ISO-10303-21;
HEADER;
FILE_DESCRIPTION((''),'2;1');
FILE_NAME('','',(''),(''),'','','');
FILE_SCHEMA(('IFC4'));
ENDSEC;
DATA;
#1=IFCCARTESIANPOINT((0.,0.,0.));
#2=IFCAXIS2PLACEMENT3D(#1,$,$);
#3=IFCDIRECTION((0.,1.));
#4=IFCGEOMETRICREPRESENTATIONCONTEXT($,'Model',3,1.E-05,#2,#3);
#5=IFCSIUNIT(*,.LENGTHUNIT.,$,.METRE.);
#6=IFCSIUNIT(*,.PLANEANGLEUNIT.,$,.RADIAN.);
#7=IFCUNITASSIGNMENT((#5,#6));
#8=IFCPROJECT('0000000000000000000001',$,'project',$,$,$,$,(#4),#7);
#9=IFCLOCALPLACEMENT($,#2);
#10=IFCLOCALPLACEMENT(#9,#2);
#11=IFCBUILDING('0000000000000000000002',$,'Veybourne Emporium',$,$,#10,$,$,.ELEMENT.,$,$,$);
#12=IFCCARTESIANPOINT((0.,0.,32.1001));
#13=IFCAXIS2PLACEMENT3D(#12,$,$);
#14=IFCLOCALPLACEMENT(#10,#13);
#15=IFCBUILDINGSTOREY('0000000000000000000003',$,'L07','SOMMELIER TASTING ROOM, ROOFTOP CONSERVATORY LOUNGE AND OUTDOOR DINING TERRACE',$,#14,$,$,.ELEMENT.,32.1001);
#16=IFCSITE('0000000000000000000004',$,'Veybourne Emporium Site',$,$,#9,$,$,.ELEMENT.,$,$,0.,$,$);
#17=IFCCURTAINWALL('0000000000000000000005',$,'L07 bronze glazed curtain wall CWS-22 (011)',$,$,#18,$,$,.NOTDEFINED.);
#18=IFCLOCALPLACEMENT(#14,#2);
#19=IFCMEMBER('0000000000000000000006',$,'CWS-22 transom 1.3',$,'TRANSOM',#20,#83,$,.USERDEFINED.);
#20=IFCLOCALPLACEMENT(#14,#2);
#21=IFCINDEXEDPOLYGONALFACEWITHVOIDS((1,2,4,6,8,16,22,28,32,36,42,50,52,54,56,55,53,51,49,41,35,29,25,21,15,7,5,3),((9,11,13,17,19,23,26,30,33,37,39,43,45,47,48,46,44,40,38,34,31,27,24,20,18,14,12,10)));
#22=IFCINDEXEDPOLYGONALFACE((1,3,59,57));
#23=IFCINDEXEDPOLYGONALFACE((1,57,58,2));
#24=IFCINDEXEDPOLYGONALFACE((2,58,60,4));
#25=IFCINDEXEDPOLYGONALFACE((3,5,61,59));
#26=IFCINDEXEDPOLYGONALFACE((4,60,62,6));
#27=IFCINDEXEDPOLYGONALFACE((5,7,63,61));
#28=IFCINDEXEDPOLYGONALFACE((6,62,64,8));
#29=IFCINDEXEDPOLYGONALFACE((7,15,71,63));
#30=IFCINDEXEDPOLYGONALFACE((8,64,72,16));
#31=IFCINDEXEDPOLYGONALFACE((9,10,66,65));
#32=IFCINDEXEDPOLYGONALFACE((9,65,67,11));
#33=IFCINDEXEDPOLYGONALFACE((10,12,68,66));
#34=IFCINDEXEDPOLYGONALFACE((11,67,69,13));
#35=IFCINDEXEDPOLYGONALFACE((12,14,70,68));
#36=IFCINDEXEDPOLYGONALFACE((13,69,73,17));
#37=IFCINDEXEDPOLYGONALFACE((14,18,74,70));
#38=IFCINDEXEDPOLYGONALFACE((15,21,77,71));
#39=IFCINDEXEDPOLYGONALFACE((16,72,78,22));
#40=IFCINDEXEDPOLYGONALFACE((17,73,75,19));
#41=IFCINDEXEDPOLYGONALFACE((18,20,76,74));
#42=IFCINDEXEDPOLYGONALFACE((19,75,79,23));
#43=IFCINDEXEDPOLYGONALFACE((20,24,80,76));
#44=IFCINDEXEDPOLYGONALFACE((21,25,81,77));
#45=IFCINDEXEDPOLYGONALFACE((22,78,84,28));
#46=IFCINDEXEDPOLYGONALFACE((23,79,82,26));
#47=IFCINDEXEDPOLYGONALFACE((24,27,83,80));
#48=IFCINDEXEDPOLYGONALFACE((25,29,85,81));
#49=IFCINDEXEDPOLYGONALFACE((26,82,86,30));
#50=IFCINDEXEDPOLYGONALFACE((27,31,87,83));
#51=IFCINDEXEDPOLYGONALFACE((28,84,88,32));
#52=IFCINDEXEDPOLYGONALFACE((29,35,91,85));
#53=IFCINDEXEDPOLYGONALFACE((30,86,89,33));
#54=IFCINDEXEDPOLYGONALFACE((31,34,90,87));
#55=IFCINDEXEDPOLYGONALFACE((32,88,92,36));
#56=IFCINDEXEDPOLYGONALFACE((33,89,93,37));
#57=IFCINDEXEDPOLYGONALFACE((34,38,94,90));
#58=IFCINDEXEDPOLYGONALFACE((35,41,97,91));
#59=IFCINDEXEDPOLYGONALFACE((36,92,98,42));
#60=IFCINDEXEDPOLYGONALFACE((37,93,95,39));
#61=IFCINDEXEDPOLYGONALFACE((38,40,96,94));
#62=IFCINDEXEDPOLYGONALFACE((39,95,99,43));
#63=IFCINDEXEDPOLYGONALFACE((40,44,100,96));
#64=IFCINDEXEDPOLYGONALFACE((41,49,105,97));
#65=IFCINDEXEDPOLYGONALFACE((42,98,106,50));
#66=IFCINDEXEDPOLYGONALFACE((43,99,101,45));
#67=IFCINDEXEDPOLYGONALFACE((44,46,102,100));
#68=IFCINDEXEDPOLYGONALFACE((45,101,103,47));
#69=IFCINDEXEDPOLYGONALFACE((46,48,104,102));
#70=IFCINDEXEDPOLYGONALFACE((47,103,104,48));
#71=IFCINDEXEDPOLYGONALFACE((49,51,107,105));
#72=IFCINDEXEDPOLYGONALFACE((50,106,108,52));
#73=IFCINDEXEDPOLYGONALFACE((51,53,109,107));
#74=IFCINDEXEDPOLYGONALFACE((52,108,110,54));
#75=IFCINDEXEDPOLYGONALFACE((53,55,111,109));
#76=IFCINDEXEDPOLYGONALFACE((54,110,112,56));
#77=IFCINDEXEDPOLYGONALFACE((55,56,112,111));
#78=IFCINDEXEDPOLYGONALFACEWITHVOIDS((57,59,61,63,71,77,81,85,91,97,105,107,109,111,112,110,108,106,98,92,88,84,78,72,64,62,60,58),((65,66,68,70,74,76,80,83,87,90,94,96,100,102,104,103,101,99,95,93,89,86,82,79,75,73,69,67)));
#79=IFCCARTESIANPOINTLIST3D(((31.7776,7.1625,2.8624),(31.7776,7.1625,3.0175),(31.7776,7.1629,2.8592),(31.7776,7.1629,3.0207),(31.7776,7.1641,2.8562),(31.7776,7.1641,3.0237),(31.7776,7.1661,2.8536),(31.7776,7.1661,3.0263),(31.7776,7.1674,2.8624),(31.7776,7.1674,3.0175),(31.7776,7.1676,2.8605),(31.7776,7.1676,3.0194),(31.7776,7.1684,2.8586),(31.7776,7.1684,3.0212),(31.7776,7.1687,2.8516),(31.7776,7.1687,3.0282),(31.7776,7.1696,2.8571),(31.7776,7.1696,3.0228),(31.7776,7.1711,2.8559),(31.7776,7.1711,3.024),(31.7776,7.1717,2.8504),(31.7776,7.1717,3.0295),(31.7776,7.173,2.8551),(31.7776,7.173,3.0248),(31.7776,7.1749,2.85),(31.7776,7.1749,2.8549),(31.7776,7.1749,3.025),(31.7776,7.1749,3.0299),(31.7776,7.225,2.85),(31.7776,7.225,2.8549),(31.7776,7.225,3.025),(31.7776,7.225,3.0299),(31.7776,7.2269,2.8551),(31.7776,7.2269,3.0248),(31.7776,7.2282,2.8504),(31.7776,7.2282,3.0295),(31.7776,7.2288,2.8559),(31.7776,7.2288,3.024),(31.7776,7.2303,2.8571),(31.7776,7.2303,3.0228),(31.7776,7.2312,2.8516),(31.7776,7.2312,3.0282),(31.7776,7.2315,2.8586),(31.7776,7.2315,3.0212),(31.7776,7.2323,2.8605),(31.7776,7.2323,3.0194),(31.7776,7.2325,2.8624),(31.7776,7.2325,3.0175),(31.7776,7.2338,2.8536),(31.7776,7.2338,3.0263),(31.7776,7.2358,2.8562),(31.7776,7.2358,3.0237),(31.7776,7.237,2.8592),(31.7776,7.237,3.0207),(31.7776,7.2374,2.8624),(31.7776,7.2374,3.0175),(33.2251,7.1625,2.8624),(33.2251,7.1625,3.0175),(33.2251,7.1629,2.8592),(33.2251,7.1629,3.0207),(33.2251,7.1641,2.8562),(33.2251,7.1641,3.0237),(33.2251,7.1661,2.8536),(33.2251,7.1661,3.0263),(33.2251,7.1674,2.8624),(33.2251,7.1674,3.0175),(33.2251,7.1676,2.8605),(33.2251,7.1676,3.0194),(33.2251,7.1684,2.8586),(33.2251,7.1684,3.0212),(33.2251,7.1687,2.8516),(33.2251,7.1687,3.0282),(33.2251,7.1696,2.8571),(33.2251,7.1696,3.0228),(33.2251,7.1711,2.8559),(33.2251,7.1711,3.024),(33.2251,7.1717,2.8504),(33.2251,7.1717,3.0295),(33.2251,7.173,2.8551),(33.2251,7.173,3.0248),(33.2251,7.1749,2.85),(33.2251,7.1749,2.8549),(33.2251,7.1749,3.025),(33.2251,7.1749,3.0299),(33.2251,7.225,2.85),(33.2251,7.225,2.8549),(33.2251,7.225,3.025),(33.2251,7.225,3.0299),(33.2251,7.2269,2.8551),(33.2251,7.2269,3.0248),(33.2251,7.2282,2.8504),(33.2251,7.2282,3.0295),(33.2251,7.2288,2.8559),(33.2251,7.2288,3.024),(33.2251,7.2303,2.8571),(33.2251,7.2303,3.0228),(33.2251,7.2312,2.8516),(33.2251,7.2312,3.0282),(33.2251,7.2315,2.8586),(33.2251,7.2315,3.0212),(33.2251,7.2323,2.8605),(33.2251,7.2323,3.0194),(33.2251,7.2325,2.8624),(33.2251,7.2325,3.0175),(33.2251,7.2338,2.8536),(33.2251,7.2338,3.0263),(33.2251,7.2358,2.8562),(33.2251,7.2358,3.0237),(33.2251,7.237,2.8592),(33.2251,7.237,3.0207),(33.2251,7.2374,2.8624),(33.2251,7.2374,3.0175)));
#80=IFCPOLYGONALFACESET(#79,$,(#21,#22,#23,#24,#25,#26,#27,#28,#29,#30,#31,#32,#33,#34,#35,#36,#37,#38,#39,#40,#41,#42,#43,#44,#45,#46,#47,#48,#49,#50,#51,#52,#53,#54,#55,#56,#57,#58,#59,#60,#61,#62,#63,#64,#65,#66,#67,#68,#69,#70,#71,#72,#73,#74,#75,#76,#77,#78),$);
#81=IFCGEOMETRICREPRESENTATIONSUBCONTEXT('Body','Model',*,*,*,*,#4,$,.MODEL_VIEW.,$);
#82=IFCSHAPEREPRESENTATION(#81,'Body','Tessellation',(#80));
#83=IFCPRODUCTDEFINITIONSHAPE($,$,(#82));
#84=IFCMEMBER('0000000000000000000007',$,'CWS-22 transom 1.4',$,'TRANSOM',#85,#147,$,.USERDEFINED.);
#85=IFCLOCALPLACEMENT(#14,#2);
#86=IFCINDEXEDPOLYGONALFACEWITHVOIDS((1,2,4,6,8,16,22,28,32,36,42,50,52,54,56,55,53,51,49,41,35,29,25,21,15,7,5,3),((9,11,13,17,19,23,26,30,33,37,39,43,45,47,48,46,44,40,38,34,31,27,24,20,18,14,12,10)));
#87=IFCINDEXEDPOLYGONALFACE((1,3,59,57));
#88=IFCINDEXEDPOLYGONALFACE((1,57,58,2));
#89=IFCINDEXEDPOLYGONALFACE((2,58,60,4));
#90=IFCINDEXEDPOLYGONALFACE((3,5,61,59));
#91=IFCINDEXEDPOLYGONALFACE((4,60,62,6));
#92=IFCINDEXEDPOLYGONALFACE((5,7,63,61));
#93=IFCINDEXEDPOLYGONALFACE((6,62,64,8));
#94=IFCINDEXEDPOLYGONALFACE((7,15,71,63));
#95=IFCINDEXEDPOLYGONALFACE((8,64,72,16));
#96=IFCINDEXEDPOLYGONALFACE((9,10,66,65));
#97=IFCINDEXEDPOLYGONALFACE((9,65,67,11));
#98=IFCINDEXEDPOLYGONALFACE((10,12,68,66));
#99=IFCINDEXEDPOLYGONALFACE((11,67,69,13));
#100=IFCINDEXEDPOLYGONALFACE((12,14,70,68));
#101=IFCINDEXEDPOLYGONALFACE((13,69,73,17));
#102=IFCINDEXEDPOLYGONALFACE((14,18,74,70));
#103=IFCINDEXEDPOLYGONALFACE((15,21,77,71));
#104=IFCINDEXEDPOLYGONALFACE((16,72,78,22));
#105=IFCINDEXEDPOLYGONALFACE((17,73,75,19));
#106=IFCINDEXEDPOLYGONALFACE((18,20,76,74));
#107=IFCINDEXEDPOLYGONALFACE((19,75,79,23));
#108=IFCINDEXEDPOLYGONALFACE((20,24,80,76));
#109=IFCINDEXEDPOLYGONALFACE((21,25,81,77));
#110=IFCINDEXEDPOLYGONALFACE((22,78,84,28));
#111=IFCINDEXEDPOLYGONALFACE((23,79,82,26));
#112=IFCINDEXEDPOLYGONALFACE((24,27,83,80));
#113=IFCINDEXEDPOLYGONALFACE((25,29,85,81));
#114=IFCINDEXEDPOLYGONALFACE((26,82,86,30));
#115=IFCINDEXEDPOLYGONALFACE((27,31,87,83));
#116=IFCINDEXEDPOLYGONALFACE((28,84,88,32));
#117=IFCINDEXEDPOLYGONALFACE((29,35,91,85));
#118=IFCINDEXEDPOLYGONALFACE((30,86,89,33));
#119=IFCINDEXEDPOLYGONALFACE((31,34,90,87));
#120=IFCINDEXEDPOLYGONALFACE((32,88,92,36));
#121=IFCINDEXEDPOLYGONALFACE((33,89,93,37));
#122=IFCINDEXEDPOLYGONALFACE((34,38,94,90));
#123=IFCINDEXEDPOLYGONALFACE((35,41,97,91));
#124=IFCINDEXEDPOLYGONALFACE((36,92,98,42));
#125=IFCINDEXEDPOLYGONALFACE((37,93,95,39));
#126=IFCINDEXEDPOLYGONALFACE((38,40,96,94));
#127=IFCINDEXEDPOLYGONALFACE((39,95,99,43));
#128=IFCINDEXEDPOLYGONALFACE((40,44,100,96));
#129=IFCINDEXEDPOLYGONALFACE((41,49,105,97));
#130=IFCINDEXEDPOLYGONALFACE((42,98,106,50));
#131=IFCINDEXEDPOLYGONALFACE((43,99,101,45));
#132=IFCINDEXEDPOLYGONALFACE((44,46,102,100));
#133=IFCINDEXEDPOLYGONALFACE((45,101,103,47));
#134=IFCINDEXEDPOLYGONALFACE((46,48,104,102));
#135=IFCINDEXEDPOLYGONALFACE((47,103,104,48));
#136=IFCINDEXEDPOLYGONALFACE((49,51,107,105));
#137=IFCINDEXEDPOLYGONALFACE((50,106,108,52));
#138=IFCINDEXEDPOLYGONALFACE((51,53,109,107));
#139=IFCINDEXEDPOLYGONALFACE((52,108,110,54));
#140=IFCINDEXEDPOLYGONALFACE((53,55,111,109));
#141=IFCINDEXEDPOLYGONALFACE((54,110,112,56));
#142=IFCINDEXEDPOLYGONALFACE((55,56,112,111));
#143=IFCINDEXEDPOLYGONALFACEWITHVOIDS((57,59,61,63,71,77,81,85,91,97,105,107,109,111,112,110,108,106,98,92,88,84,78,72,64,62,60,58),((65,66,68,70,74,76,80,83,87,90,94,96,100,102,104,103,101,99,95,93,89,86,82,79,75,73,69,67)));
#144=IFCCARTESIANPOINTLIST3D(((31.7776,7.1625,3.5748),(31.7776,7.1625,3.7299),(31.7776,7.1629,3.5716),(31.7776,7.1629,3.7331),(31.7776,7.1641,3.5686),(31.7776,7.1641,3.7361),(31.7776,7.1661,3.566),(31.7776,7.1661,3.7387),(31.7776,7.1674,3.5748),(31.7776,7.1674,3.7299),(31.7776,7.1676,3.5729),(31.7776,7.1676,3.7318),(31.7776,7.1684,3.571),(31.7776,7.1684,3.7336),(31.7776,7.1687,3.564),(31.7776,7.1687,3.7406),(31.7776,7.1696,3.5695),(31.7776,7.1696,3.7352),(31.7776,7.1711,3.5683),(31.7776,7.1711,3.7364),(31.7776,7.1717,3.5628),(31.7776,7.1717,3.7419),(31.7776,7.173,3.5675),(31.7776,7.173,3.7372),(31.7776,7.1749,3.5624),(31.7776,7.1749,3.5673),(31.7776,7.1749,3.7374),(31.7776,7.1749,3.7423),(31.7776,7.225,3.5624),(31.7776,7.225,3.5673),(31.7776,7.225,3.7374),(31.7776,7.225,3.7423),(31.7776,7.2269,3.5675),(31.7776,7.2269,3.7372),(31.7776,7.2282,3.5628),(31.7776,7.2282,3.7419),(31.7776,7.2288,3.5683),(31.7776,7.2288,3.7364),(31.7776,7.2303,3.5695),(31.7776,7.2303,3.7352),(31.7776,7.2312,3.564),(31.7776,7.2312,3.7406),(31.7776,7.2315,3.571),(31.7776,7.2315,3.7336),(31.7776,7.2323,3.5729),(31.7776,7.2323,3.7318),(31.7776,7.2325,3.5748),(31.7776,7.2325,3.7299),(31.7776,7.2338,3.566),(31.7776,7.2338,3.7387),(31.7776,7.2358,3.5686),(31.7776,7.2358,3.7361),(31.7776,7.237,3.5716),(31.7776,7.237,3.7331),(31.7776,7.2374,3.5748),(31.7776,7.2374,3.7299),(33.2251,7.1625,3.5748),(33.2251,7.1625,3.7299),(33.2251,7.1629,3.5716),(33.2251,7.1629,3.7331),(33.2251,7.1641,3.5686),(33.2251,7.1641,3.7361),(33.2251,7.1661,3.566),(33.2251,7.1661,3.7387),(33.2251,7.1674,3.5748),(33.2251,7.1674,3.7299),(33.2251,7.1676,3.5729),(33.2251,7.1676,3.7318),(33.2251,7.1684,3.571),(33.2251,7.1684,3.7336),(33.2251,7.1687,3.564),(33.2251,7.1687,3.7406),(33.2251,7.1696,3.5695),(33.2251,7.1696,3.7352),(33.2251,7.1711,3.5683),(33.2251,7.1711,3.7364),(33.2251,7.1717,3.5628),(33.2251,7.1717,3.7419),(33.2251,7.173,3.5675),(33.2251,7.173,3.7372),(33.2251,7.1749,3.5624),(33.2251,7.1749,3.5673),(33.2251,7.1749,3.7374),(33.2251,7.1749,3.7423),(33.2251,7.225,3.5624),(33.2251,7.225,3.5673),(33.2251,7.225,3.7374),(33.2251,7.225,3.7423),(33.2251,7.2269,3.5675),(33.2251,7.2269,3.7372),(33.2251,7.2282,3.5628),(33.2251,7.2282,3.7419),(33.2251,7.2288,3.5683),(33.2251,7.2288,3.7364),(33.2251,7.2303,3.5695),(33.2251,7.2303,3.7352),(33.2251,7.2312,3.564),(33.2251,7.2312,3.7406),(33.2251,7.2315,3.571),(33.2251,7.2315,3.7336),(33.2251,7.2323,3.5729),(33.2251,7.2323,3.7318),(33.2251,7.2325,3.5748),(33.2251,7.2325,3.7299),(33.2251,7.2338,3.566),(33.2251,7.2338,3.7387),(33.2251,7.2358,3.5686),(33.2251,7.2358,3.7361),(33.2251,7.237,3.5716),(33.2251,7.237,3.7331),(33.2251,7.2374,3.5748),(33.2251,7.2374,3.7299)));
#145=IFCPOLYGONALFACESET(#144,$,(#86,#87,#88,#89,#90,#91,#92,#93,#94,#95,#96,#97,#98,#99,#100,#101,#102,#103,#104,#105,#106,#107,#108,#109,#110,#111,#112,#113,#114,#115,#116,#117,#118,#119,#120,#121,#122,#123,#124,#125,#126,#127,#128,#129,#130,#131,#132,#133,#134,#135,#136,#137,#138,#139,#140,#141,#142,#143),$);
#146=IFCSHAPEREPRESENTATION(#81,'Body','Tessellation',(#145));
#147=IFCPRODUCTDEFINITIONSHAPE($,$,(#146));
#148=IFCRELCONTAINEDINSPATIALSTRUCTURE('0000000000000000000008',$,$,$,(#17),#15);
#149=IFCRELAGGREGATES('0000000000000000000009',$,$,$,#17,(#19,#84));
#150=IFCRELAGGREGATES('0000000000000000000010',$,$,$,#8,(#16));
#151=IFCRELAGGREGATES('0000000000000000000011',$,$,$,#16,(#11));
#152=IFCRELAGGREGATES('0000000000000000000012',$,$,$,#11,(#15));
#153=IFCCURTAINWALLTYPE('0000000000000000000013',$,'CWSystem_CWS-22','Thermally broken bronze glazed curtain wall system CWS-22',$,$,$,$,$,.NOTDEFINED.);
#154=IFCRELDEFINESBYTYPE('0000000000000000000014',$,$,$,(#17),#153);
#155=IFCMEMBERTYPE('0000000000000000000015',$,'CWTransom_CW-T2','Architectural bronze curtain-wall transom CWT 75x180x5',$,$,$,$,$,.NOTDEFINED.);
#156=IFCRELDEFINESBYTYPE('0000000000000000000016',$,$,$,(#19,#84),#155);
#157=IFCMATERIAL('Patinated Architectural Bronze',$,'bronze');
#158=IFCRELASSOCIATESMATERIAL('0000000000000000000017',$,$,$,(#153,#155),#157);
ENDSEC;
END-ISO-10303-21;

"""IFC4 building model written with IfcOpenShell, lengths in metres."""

from ifc_helpers import new_model, si_unit, direction, frame, origin, origin_2d, place, context, subcontext, project, spatial, hollow_rectangle, extrude, material, material_profile, profile_set, type_object, element, aggregate, save


model = new_model("IFC4")

# Units and contexts
model_context = context("Model", 3, precision=1e-05, world=origin(), true_north=direction((0.0, 1.0)))
body_context = subcontext(model_context, "Body", "Model", "MODEL_VIEW")
ifc_project = project(units=[si_unit("LENGTHUNIT", "METRE"), si_unit("PLANEANGLEUNIT", "RADIAN")], contexts=[model_context])

# Site, building, storey
site_placement = place(None, origin())
site = spatial("IfcSite", under=ifc_project, at=site_placement, Name="Veybourne Emporium Site", CompositionType="ELEMENT", RefElevation=0.0)
building_placement = place(site_placement, origin())
building = spatial("IfcBuilding", under=site, at=building_placement, Name="Veybourne Emporium", CompositionType="ELEMENT")
storey_placement = place(building_placement, frame((0.0, 0.0, 32.1001)))
storey = spatial("IfcBuildingStorey", under=building, at=storey_placement, Name="L07", Description="SOMMELIER TASTING ROOM, ROOFTOP CONSERVATORY LOUNGE AND OUTDOOR DINING TERRACE", CompositionType="ELEMENT", Elevation=32.1001)

# Curtain wall, members
ifc_material_1 = material(Name="Patinated Architectural Bronze", Category="bronze")
curtain_wall_type = type_object("IfcCurtainWallType", Name="CWSystem_CWS-22", Description="Thermally broken bronze glazed curtain wall system CWS-22", PredefinedType="NOTDEFINED", material=ifc_material_1)
curtain_wall_placement = place(storey_placement, origin())
curtain_wall = element("IfcCurtainWall", 1, at=curtain_wall_placement, inside=storey, type_object=curtain_wall_type, Name="L07 bronze glazed curtain wall CWS-22 (011)", PredefinedType="NOTDEFINED")
ifc_material_profile_1 = material_profile(ifc_material_1, hollow_rectangle(XDim=0.075, YDim=0.1799, WallThickness=0.0049, InnerFilletRadius=0.0076, OuterFilletRadius=0.0125, at=origin_2d()), Name="CWT 75x180x5")
ifc_profile_set_1 = profile_set([ifc_material_profile_1], Name="Patinated Architectural Bronze")
member_type_1 = type_object("IfcMemberType", Name="CWTransom_CW-T2", Description="Architectural bronze curtain-wall transom CWT 75x180x5", PredefinedType="NOTDEFINED", material=ifc_profile_set_1)
member_1_placement = place(storey_placement, frame((33.2251, 7.2, 2.9399), z_axis=(-1.0, 0.0, 0.0), x_axis=(0.0, -1.0, 0.0)))
member_1 = element("IfcMember", 2, at=member_1_placement, type_object=member_type_1, Name="CWS-22 transom 1.3", ObjectType="TRANSOM", PredefinedType="USERDEFINED", context=body_context, shape_type="SweptSolid", body=[
    extrude(hollow_rectangle(XDim=0.075, YDim=0.1799, WallThickness=0.0049, InnerFilletRadius=0.0076, OuterFilletRadius=0.0125, at=origin_2d()), origin(), (0.0, 0.0, 1.0), 1.4475),
])
member_2_placement = place(storey_placement, frame((33.2251, 7.2, 3.6523), z_axis=(-1.0, 0.0, 0.0), x_axis=(0.0, -1.0, 0.0)))
member_2 = element("IfcMember", 3, at=member_2_placement, type_object=member_type_1, Name="CWS-22 transom 1.4", ObjectType="TRANSOM", PredefinedType="USERDEFINED", context=body_context, shape_type="SweptSolid", body=[
    extrude(hollow_rectangle(XDim=0.075, YDim=0.1799, WallThickness=0.0049, InnerFilletRadius=0.0076, OuterFilletRadius=0.0125, at=origin_2d()), origin(), (0.0, 0.0, 1.0), 1.4475),
])

aggregate(curtain_wall, [member_1, member_2])

save(model, "model.ifc")
